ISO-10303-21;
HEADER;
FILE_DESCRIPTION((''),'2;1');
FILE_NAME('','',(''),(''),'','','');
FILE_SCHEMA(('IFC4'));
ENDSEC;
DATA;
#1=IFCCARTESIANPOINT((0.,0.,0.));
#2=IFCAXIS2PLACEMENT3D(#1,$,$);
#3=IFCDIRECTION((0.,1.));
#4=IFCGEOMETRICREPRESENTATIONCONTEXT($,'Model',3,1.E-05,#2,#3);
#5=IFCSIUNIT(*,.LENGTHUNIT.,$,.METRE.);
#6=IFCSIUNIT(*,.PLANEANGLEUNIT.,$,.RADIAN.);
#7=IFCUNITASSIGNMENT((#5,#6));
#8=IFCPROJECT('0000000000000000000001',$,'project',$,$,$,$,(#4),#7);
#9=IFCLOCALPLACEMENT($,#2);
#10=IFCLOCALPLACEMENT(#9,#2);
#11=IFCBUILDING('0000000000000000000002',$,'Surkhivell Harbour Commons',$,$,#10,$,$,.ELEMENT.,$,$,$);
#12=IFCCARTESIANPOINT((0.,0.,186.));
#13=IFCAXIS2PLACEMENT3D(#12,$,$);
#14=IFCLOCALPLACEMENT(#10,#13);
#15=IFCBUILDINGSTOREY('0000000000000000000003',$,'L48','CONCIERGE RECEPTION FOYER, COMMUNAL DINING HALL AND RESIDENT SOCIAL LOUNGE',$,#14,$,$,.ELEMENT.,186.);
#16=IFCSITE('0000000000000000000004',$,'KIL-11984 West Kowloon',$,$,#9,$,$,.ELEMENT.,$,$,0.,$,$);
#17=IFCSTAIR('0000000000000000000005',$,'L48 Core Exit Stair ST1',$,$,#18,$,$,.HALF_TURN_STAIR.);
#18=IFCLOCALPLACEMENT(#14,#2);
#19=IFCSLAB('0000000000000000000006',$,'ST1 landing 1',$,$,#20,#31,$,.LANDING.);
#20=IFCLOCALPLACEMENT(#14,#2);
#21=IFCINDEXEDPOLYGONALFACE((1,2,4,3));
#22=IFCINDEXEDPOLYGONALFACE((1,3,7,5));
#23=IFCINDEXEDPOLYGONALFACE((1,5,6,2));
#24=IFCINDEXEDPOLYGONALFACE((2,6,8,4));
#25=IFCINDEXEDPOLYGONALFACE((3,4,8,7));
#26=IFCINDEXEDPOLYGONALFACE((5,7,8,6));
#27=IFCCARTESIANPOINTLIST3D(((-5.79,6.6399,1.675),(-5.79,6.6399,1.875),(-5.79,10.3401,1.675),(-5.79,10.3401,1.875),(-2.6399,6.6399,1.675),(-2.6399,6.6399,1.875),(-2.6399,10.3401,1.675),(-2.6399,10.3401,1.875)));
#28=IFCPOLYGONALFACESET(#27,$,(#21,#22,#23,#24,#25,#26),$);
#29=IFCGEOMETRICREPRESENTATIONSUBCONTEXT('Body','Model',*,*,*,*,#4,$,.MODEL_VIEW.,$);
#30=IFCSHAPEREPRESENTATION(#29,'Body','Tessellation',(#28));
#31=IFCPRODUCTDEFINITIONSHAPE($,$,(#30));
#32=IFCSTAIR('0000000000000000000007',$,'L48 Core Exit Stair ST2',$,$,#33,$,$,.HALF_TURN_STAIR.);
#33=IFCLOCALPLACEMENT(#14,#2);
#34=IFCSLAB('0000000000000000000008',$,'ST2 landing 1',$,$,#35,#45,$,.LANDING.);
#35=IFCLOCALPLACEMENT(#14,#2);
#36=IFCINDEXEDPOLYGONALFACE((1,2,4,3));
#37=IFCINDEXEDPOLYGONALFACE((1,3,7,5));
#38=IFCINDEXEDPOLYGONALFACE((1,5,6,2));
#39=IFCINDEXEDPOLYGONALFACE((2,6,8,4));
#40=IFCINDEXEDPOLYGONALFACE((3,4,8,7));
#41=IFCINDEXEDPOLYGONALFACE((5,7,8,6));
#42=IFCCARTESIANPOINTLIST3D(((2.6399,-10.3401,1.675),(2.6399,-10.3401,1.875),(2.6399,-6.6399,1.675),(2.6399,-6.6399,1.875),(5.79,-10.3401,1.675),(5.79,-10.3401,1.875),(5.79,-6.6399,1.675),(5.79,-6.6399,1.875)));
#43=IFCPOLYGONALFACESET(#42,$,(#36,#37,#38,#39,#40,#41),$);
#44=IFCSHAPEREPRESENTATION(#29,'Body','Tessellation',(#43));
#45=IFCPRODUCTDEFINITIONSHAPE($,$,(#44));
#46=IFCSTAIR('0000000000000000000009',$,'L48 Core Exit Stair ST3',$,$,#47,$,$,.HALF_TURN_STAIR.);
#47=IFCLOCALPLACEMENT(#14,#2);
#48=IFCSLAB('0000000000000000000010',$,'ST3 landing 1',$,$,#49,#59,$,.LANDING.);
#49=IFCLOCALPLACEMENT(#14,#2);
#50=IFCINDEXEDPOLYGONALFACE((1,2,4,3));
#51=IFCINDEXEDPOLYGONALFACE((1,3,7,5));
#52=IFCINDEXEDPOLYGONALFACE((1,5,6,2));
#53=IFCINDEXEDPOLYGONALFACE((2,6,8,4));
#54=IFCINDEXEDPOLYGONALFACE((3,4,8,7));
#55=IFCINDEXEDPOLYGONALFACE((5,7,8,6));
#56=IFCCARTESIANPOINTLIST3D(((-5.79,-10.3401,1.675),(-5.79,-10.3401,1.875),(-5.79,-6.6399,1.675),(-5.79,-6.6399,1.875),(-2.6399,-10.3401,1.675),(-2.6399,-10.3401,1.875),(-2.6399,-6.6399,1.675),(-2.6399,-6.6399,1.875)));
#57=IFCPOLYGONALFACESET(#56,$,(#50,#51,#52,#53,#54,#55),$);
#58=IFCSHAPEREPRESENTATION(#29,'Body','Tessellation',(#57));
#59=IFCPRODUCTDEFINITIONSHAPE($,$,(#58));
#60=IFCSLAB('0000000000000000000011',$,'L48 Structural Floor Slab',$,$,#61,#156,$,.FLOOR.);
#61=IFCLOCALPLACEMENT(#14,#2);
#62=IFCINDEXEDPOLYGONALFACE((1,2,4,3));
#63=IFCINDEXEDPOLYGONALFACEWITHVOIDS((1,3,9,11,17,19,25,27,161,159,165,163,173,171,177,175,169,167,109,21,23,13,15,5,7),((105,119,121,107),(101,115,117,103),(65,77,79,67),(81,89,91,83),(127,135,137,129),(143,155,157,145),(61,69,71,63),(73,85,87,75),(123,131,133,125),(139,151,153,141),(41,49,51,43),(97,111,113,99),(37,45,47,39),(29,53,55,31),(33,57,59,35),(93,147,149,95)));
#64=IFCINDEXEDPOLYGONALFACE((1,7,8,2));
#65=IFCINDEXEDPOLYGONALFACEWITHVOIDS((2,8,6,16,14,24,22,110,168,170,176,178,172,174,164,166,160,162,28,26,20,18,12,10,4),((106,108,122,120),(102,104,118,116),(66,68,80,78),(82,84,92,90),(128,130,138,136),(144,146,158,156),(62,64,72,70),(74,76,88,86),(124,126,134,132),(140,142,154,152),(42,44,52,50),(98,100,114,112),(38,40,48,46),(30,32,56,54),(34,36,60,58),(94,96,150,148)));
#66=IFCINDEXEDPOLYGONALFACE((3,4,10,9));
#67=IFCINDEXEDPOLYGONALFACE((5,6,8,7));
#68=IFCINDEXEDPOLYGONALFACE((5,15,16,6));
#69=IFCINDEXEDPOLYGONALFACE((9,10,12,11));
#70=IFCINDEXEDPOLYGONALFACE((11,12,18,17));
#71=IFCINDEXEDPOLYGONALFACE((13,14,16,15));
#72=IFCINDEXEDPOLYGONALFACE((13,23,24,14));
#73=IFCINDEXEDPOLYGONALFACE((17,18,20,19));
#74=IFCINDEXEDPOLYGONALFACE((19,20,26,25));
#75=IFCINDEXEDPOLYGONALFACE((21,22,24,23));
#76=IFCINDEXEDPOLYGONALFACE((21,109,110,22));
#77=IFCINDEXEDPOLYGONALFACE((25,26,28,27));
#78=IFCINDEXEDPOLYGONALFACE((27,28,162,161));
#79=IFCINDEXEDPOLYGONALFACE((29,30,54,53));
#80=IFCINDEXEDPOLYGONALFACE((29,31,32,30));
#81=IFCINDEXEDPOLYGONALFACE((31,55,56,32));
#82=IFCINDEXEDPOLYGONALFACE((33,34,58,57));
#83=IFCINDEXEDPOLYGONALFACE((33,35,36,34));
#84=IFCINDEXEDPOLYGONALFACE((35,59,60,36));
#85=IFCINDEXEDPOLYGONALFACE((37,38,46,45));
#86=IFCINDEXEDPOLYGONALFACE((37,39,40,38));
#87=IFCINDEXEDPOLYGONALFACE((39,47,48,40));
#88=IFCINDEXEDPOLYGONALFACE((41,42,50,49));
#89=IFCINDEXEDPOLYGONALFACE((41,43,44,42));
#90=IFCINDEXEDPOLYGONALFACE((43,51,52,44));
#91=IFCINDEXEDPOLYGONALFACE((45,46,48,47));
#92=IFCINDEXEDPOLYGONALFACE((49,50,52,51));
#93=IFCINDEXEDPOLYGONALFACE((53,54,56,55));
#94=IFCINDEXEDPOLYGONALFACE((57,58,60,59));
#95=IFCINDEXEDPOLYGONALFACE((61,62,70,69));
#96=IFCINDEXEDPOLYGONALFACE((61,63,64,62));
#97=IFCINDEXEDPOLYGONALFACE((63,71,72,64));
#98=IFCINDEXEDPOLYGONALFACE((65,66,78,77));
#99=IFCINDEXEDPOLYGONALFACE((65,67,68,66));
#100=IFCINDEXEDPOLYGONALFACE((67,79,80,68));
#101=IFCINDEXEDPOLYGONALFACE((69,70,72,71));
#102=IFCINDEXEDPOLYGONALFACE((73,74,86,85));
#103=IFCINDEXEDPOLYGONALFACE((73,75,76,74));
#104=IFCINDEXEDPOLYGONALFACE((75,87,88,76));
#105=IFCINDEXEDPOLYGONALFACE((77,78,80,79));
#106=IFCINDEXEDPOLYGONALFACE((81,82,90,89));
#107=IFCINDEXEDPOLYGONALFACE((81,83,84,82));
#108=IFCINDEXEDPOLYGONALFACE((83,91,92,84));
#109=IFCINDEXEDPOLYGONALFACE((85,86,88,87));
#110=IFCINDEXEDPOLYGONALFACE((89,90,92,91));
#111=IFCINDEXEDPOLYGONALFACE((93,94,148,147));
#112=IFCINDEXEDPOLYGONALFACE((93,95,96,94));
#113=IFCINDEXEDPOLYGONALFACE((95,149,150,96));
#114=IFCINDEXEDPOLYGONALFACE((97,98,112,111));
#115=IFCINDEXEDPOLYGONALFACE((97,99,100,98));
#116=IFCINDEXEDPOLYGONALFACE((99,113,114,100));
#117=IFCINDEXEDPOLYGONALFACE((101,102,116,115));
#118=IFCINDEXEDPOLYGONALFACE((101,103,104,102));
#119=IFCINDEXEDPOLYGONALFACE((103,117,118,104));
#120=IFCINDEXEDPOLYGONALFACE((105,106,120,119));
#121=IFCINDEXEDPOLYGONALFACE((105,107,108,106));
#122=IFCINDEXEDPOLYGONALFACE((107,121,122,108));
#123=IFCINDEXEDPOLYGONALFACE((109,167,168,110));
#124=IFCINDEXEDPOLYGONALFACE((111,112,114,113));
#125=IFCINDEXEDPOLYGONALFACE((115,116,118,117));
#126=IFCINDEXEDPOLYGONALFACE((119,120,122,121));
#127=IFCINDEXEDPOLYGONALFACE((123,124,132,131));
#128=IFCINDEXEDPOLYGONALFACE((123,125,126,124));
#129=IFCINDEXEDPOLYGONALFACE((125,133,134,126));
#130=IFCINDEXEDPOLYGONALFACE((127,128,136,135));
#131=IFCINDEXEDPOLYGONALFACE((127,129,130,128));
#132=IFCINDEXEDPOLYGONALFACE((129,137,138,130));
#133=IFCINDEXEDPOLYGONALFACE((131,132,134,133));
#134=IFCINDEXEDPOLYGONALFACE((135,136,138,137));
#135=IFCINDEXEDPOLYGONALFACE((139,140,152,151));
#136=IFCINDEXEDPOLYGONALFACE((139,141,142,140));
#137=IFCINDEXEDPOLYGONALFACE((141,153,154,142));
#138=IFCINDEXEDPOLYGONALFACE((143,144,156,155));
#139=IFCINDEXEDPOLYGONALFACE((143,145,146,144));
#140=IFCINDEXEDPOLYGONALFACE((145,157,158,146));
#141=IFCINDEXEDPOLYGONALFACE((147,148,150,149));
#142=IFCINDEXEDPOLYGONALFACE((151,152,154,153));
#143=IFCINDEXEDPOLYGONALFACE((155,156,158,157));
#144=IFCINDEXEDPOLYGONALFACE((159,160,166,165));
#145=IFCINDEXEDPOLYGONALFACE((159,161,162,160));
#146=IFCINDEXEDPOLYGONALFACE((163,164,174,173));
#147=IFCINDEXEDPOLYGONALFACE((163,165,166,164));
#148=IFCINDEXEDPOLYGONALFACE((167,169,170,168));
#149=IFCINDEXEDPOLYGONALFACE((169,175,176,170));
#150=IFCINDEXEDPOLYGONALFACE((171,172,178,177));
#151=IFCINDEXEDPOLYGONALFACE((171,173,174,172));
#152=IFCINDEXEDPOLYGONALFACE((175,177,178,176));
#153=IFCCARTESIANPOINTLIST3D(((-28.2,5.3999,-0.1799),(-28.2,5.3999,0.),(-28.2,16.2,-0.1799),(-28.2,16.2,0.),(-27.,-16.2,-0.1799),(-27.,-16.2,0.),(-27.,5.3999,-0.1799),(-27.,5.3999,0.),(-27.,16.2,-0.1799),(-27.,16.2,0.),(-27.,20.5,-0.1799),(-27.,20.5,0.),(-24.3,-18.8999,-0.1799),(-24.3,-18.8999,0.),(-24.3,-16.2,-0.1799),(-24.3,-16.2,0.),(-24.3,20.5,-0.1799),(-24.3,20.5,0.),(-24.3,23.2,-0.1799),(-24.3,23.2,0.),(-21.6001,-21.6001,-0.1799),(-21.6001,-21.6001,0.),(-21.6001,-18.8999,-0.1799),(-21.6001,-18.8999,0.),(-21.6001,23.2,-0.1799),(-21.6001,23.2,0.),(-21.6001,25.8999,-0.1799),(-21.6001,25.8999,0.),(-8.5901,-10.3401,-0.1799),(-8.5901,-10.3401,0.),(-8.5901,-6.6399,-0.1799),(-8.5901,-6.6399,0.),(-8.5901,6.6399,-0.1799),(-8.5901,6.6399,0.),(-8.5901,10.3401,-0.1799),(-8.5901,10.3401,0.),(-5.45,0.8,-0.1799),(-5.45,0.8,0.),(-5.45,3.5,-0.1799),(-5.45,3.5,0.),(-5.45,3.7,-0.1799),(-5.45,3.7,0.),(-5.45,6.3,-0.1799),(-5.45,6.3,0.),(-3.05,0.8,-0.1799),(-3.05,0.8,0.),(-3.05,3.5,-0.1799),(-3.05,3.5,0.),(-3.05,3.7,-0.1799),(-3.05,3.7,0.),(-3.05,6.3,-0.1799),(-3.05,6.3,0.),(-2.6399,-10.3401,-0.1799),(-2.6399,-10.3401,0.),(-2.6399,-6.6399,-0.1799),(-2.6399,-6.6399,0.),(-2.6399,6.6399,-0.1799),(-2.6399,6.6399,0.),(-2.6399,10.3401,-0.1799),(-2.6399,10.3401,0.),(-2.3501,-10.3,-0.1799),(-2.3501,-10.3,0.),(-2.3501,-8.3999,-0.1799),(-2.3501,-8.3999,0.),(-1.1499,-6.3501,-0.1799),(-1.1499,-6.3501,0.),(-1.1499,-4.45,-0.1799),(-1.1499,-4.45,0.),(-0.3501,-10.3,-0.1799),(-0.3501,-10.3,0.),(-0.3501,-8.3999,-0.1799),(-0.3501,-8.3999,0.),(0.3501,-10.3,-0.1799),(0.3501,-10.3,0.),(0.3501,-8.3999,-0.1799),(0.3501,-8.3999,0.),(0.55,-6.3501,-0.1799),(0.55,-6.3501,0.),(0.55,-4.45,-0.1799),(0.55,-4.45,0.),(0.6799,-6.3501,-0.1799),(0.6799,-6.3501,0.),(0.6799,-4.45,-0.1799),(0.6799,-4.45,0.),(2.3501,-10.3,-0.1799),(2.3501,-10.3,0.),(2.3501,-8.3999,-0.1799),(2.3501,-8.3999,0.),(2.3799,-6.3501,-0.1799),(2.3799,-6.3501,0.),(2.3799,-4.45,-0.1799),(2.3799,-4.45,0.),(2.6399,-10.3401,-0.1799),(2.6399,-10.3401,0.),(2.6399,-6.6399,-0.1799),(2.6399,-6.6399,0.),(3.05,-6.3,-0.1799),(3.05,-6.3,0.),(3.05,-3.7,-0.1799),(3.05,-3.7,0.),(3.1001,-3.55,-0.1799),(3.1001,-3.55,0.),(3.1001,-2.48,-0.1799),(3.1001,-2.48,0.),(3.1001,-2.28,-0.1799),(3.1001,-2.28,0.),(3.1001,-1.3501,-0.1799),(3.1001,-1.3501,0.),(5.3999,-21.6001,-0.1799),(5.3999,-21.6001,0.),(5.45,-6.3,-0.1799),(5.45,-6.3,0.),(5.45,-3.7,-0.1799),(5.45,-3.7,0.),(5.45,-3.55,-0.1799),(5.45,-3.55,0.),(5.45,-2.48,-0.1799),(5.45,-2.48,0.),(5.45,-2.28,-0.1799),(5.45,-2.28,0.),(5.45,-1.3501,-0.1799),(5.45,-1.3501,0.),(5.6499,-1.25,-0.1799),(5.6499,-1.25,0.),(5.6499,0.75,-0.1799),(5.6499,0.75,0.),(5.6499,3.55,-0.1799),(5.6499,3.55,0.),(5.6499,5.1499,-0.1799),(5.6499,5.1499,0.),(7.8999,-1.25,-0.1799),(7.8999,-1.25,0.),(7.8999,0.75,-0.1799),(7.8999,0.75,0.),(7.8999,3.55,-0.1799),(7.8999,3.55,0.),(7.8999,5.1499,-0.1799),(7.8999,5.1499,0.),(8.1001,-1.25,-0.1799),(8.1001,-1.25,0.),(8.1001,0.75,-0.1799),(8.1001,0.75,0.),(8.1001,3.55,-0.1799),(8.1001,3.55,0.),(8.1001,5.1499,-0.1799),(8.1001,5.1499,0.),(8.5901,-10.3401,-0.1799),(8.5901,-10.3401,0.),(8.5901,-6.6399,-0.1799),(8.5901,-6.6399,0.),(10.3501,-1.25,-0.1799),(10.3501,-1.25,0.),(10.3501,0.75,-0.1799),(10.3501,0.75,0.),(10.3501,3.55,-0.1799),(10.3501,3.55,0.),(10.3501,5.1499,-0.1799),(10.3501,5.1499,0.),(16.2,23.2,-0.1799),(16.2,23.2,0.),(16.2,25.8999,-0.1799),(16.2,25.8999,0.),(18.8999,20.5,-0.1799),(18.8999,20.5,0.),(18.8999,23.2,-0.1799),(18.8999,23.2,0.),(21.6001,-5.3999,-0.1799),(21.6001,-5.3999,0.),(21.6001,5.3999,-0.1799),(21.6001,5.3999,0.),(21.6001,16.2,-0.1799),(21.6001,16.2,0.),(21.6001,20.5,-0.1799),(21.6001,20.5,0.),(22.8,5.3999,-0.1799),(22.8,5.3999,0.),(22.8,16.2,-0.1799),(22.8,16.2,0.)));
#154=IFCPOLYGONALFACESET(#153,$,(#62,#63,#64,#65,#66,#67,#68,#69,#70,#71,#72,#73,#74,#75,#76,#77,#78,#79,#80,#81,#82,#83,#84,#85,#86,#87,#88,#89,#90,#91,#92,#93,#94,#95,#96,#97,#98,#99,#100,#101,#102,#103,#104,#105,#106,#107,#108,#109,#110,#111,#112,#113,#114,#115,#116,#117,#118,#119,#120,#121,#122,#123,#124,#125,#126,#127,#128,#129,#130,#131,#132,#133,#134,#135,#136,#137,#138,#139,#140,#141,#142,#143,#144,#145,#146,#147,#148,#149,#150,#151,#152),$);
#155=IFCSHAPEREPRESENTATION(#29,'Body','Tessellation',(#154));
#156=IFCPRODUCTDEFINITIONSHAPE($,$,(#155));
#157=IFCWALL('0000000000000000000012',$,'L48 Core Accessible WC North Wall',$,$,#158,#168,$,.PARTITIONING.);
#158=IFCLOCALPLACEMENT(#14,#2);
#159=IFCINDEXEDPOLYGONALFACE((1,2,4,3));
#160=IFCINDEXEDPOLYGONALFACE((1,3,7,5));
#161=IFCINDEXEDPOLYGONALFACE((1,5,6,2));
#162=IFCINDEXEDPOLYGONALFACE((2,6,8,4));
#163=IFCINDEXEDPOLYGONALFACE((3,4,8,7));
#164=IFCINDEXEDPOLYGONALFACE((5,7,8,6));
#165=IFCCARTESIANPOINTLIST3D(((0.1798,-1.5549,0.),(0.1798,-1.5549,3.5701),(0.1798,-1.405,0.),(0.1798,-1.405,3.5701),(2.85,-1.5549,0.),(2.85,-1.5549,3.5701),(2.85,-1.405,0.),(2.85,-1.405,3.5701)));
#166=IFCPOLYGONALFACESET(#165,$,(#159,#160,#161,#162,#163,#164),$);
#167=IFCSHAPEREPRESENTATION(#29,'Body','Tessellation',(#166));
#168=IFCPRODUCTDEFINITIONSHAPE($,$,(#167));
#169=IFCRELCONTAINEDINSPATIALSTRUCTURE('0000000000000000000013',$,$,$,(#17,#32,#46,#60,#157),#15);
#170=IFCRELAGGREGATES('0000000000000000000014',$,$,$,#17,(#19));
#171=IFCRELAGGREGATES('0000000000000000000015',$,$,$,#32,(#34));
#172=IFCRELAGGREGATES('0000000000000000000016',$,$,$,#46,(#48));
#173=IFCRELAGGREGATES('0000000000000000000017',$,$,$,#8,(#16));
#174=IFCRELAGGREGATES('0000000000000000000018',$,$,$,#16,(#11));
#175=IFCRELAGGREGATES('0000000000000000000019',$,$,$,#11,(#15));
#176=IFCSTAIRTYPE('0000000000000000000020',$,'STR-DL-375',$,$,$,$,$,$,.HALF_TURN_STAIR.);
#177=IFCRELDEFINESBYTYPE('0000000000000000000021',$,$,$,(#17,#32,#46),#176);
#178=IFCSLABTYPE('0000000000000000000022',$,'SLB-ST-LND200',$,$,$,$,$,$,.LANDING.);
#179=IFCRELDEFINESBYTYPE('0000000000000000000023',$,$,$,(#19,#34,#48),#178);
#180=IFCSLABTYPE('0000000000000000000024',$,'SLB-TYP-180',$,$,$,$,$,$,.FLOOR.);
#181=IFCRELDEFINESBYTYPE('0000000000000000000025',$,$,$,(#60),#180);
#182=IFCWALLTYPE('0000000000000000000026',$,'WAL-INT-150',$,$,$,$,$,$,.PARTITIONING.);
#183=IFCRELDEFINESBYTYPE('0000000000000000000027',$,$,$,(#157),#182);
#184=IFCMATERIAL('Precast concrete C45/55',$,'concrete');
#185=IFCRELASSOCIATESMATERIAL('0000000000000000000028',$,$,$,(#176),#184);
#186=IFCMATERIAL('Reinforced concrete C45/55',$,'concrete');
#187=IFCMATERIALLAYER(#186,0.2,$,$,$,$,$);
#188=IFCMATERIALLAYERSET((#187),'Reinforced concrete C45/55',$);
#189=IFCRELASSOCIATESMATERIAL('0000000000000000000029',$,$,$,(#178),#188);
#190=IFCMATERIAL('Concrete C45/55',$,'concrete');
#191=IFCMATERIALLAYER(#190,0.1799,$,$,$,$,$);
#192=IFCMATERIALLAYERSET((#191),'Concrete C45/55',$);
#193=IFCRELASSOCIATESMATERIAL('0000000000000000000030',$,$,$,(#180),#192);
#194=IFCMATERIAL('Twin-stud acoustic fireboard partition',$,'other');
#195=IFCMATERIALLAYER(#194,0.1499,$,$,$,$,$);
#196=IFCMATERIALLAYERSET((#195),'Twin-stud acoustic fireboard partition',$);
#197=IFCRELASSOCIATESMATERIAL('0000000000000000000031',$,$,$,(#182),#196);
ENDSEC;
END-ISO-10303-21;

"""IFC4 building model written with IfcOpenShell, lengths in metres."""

from ifc_helpers import new_model, si_unit, direction, frame, frame_2d, origin, place, context, subcontext, project, spatial, polyline, rectangle, outline, extrude, material, layer, layer_set, type_object, element, aggregate, save


model = new_model("IFC4")

# Units and contexts
model_context = context("Model", 3, precision=1e-05, world=origin(), true_north=direction((0.0, 1.0)))
body_context = subcontext(model_context, "Body", "Model", "MODEL_VIEW")
ifc_project = project(units=[si_unit("LENGTHUNIT", "METRE"), si_unit("PLANEANGLEUNIT", "RADIAN")], contexts=[model_context])

# Site, building, storey
site_placement = place(None, origin())
site = spatial("IfcSite", under=ifc_project, at=site_placement, Name="KIL-11984 West Kowloon", CompositionType="ELEMENT", RefElevation=0.0)
building_placement = place(site_placement, origin())
building = spatial("IfcBuilding", under=site, at=building_placement, Name="Surkhivell Harbour Commons", CompositionType="ELEMENT")
storey_placement = place(building_placement, frame((0.0, 0.0, 186.0)))
storey = spatial("IfcBuildingStorey", under=building, at=storey_placement, Name="L48", Description="CONCIERGE RECEPTION FOYER, COMMUNAL DINING HALL AND RESIDENT SOCIAL LOUNGE", CompositionType="ELEMENT", Elevation=186.0)

# Stairs, slabs
ifc_material_1 = material(Name="Precast concrete C45/55", Category="concrete")
stair_type = type_object("IfcStairType", Name="STR-DL-375", PredefinedType="HALF_TURN_STAIR", material=ifc_material_1)
stair_1_placement = place(storey_placement, origin())
stair_1 = element("IfcStair", 1, at=stair_1_placement, inside=storey, type_object=stair_type, Name="L48 Core Exit Stair ST1", PredefinedType="HALF_TURN_STAIR")
ifc_material_2 = material(Name="Reinforced concrete C45/55", Category="concrete")
ifc_layer_1 = layer(ifc_material_2, 0.2)
ifc_layer_set_1 = layer_set([ifc_layer_1], Name="Reinforced concrete C45/55")
slab_type_1 = type_object("IfcSlabType", Name="SLB-ST-LND200", PredefinedType="LANDING", material=ifc_layer_set_1)
slab_1_placement = place(storey_placement, frame((0.0, 0.0, 1.675)))
slab_1 = element("IfcSlab", 2, at=slab_1_placement, type_object=slab_type_1, Name="ST1 landing 1", PredefinedType="LANDING", context=body_context, shape_type="SweptSolid", body=[
    extrude(outline(polyline([(-5.79, 6.6399), (-2.6399, 6.6399), (-2.6399, 10.3401), (-5.79, 10.3401), (-5.79, 6.6399)])), origin(), (0.0, 0.0, 1.0), 0.2),
])
aggregate(stair_1, [slab_1])
stair_2_placement = place(storey_placement, origin())
stair_2 = element("IfcStair", 3, at=stair_2_placement, inside=storey, type_object=stair_type, Name="L48 Core Exit Stair ST2", PredefinedType="HALF_TURN_STAIR")
slab_2_placement = place(storey_placement, frame((0.0, 0.0, 1.675)))
slab_2 = element("IfcSlab", 4, at=slab_2_placement, type_object=slab_type_1, Name="ST2 landing 1", PredefinedType="LANDING", context=body_context, shape_type="SweptSolid", body=[
    extrude(outline(polyline([(5.79, -6.6399), (2.6399, -6.6399), (2.6399, -10.3401), (5.79, -10.3401), (5.79, -6.6399)])), origin(), (0.0, 0.0, 1.0), 0.2),
])
aggregate(stair_2, [slab_2])
stair_3_placement = place(storey_placement, origin())
stair_3 = element("IfcStair", 5, at=stair_3_placement, inside=storey, type_object=stair_type, Name="L48 Core Exit Stair ST3", PredefinedType="HALF_TURN_STAIR")
slab_3_placement = place(storey_placement, frame((0.0, 0.0, 1.675)))
slab_3 = element("IfcSlab", 6, at=slab_3_placement, type_object=slab_type_1, Name="ST3 landing 1", PredefinedType="LANDING", context=body_context, shape_type="SweptSolid", body=[
    extrude(outline(polyline([(-5.79, -10.3401), (-2.6399, -10.3401), (-2.6399, -6.6399), (-5.79, -6.6399), (-5.79, -10.3401)])), origin(), (0.0, 0.0, 1.0), 0.2),
])
aggregate(stair_3, [slab_3])

# Slab
ifc_material_3 = material(Name="Concrete C45/55", Category="concrete")
ifc_layer_2 = layer(ifc_material_3, 0.1799)
ifc_layer_set_2 = layer_set([ifc_layer_2], Name="Concrete C45/55")
slab_type_2 = type_object("IfcSlabType", Name="SLB-TYP-180", PredefinedType="FLOOR", material=ifc_layer_set_2)
slab_4_placement = place(storey_placement, frame((0.0, 0.0, -0.1799)))
element("IfcSlab", 7, at=slab_4_placement, inside=storey, type_object=slab_type_2, Name="L48 Structural Floor Slab", PredefinedType="FLOOR", context=body_context, shape_type="SweptSolid", body=[
    extrude(outline(polyline([(-27.0, 20.5), (-27.0, 16.2), (-28.2, 16.2), (-28.2, 5.3999), (-27.0, 5.3999), (-27.0, -16.2), (-24.3, -16.2), (-24.3, -18.8999), (-21.6001, -18.8999), (-21.6001, -21.6001), (5.3999, -21.6001), (21.6001, -5.3999), (21.6001, 5.3999), (22.8, 5.3999), (22.8, 16.2), (21.6001, 16.2), (21.6001, 20.5), (18.8999, 20.5), (18.8999, 23.2), (16.2, 23.2), (16.2, 25.8999), (-21.6001, 25.8999), (-21.6001, 23.2), (-24.3, 23.2), (-24.3, 20.5), (-27.0, 20.5)]), holes=[polyline([(-8.5901, 6.6399), (-2.6399, 6.6399), (-2.6399, 10.3401), (-8.5901, 10.3401), (-8.5901, 6.6399)]), polyline([(8.5901, -6.6399), (2.6399, -6.6399), (2.6399, -10.3401), (8.5901, -10.3401), (8.5901, -6.6399)]), polyline([(-8.5901, -10.3401), (-2.6399, -10.3401), (-2.6399, -6.6399), (-8.5901, -6.6399), (-8.5901, -10.3401)]), polyline([(5.6499, 3.55), (7.8999, 3.55), (7.8999, 5.1499), (5.6499, 5.1499), (5.6499, 3.55)]), polyline([(8.1001, 3.55), (10.3501, 3.55), (10.3501, 5.1499), (8.1001, 5.1499), (8.1001, 3.55)]), polyline([(5.6499, -1.25), (7.8999, -1.25), (7.8999, 0.75), (5.6499, 0.75), (5.6499, -1.25)]), polyline([(8.1001, -1.25), (10.3501, -1.25), (10.3501, 0.75), (8.1001, 0.75), (8.1001, -1.25)]), polyline([(-1.1499, -6.3501), (0.55, -6.3501), (0.55, -4.45), (-1.1499, -4.45), (-1.1499, -6.3501)]), polyline([(0.6799, -6.3501), (2.3799, -6.3501), (2.3799, -4.45), (0.6799, -4.45), (0.6799, -6.3501)]), polyline([(-2.3501, -10.3), (-0.3501, -10.3), (-0.3501, -8.3999), (-2.3501, -8.3999), (-2.3501, -10.3)]), polyline([(0.3501, -10.3), (2.3501, -10.3), (2.3501, -8.3999), (0.3501, -8.3999), (0.3501, -10.3)]), polyline([(-5.45, 3.7), (-3.05, 3.7), (-3.05, 6.3), (-5.45, 6.3), (-5.45, 3.7)]), polyline([(3.05, -6.3), (5.45, -6.3), (5.45, -3.7), (3.05, -3.7), (3.05, -6.3)]), polyline([(-5.45, 0.8), (-3.05, 0.8), (-3.05, 3.5), (-5.45, 3.5), (-5.45, 0.8)]), polyline([(3.1001, -3.55), (5.45, -3.55), (5.45, -2.48), (3.1001, -2.48), (3.1001, -3.55)]), polyline([(3.1001, -2.28), (5.45, -2.28), (5.45, -1.3501), (3.1001, -1.3501), (3.1001, -2.28)])]), origin(), (0.0, 0.0, 1.0), 0.1799),
])

# Wall
ifc_material_4 = material(Name="Twin-stud acoustic fireboard partition", Category="other")
ifc_layer_3 = layer(ifc_material_4, 0.1499)
ifc_layer_set_3 = layer_set([ifc_layer_3], Name="Twin-stud acoustic fireboard partition")
wall_type_1 = type_object("IfcWallType", Name="WAL-INT-150", PredefinedType="PARTITIONING", material=ifc_layer_set_3)
wall_1_placement = place(storey_placement, frame((0.1799, -1.48, 0.0), z_axis=(0.0, 0.0, 1.0), x_axis=(1.0, 0.0, 0.0)))
element("IfcWall", 8, at=wall_1_placement, inside=storey, type_object=wall_type_1, Name="L48 Core Accessible WC North Wall", PredefinedType="PARTITIONING", context=body_context, shape_type="SweptSolid", body=[
    extrude(rectangle(XDim=2.6702, YDim=0.1499, at=frame_2d((1.335, 0.0))), origin(), (0.0, 0.0, 1.0), 3.5701),
])

save(model, "model.ifc")
